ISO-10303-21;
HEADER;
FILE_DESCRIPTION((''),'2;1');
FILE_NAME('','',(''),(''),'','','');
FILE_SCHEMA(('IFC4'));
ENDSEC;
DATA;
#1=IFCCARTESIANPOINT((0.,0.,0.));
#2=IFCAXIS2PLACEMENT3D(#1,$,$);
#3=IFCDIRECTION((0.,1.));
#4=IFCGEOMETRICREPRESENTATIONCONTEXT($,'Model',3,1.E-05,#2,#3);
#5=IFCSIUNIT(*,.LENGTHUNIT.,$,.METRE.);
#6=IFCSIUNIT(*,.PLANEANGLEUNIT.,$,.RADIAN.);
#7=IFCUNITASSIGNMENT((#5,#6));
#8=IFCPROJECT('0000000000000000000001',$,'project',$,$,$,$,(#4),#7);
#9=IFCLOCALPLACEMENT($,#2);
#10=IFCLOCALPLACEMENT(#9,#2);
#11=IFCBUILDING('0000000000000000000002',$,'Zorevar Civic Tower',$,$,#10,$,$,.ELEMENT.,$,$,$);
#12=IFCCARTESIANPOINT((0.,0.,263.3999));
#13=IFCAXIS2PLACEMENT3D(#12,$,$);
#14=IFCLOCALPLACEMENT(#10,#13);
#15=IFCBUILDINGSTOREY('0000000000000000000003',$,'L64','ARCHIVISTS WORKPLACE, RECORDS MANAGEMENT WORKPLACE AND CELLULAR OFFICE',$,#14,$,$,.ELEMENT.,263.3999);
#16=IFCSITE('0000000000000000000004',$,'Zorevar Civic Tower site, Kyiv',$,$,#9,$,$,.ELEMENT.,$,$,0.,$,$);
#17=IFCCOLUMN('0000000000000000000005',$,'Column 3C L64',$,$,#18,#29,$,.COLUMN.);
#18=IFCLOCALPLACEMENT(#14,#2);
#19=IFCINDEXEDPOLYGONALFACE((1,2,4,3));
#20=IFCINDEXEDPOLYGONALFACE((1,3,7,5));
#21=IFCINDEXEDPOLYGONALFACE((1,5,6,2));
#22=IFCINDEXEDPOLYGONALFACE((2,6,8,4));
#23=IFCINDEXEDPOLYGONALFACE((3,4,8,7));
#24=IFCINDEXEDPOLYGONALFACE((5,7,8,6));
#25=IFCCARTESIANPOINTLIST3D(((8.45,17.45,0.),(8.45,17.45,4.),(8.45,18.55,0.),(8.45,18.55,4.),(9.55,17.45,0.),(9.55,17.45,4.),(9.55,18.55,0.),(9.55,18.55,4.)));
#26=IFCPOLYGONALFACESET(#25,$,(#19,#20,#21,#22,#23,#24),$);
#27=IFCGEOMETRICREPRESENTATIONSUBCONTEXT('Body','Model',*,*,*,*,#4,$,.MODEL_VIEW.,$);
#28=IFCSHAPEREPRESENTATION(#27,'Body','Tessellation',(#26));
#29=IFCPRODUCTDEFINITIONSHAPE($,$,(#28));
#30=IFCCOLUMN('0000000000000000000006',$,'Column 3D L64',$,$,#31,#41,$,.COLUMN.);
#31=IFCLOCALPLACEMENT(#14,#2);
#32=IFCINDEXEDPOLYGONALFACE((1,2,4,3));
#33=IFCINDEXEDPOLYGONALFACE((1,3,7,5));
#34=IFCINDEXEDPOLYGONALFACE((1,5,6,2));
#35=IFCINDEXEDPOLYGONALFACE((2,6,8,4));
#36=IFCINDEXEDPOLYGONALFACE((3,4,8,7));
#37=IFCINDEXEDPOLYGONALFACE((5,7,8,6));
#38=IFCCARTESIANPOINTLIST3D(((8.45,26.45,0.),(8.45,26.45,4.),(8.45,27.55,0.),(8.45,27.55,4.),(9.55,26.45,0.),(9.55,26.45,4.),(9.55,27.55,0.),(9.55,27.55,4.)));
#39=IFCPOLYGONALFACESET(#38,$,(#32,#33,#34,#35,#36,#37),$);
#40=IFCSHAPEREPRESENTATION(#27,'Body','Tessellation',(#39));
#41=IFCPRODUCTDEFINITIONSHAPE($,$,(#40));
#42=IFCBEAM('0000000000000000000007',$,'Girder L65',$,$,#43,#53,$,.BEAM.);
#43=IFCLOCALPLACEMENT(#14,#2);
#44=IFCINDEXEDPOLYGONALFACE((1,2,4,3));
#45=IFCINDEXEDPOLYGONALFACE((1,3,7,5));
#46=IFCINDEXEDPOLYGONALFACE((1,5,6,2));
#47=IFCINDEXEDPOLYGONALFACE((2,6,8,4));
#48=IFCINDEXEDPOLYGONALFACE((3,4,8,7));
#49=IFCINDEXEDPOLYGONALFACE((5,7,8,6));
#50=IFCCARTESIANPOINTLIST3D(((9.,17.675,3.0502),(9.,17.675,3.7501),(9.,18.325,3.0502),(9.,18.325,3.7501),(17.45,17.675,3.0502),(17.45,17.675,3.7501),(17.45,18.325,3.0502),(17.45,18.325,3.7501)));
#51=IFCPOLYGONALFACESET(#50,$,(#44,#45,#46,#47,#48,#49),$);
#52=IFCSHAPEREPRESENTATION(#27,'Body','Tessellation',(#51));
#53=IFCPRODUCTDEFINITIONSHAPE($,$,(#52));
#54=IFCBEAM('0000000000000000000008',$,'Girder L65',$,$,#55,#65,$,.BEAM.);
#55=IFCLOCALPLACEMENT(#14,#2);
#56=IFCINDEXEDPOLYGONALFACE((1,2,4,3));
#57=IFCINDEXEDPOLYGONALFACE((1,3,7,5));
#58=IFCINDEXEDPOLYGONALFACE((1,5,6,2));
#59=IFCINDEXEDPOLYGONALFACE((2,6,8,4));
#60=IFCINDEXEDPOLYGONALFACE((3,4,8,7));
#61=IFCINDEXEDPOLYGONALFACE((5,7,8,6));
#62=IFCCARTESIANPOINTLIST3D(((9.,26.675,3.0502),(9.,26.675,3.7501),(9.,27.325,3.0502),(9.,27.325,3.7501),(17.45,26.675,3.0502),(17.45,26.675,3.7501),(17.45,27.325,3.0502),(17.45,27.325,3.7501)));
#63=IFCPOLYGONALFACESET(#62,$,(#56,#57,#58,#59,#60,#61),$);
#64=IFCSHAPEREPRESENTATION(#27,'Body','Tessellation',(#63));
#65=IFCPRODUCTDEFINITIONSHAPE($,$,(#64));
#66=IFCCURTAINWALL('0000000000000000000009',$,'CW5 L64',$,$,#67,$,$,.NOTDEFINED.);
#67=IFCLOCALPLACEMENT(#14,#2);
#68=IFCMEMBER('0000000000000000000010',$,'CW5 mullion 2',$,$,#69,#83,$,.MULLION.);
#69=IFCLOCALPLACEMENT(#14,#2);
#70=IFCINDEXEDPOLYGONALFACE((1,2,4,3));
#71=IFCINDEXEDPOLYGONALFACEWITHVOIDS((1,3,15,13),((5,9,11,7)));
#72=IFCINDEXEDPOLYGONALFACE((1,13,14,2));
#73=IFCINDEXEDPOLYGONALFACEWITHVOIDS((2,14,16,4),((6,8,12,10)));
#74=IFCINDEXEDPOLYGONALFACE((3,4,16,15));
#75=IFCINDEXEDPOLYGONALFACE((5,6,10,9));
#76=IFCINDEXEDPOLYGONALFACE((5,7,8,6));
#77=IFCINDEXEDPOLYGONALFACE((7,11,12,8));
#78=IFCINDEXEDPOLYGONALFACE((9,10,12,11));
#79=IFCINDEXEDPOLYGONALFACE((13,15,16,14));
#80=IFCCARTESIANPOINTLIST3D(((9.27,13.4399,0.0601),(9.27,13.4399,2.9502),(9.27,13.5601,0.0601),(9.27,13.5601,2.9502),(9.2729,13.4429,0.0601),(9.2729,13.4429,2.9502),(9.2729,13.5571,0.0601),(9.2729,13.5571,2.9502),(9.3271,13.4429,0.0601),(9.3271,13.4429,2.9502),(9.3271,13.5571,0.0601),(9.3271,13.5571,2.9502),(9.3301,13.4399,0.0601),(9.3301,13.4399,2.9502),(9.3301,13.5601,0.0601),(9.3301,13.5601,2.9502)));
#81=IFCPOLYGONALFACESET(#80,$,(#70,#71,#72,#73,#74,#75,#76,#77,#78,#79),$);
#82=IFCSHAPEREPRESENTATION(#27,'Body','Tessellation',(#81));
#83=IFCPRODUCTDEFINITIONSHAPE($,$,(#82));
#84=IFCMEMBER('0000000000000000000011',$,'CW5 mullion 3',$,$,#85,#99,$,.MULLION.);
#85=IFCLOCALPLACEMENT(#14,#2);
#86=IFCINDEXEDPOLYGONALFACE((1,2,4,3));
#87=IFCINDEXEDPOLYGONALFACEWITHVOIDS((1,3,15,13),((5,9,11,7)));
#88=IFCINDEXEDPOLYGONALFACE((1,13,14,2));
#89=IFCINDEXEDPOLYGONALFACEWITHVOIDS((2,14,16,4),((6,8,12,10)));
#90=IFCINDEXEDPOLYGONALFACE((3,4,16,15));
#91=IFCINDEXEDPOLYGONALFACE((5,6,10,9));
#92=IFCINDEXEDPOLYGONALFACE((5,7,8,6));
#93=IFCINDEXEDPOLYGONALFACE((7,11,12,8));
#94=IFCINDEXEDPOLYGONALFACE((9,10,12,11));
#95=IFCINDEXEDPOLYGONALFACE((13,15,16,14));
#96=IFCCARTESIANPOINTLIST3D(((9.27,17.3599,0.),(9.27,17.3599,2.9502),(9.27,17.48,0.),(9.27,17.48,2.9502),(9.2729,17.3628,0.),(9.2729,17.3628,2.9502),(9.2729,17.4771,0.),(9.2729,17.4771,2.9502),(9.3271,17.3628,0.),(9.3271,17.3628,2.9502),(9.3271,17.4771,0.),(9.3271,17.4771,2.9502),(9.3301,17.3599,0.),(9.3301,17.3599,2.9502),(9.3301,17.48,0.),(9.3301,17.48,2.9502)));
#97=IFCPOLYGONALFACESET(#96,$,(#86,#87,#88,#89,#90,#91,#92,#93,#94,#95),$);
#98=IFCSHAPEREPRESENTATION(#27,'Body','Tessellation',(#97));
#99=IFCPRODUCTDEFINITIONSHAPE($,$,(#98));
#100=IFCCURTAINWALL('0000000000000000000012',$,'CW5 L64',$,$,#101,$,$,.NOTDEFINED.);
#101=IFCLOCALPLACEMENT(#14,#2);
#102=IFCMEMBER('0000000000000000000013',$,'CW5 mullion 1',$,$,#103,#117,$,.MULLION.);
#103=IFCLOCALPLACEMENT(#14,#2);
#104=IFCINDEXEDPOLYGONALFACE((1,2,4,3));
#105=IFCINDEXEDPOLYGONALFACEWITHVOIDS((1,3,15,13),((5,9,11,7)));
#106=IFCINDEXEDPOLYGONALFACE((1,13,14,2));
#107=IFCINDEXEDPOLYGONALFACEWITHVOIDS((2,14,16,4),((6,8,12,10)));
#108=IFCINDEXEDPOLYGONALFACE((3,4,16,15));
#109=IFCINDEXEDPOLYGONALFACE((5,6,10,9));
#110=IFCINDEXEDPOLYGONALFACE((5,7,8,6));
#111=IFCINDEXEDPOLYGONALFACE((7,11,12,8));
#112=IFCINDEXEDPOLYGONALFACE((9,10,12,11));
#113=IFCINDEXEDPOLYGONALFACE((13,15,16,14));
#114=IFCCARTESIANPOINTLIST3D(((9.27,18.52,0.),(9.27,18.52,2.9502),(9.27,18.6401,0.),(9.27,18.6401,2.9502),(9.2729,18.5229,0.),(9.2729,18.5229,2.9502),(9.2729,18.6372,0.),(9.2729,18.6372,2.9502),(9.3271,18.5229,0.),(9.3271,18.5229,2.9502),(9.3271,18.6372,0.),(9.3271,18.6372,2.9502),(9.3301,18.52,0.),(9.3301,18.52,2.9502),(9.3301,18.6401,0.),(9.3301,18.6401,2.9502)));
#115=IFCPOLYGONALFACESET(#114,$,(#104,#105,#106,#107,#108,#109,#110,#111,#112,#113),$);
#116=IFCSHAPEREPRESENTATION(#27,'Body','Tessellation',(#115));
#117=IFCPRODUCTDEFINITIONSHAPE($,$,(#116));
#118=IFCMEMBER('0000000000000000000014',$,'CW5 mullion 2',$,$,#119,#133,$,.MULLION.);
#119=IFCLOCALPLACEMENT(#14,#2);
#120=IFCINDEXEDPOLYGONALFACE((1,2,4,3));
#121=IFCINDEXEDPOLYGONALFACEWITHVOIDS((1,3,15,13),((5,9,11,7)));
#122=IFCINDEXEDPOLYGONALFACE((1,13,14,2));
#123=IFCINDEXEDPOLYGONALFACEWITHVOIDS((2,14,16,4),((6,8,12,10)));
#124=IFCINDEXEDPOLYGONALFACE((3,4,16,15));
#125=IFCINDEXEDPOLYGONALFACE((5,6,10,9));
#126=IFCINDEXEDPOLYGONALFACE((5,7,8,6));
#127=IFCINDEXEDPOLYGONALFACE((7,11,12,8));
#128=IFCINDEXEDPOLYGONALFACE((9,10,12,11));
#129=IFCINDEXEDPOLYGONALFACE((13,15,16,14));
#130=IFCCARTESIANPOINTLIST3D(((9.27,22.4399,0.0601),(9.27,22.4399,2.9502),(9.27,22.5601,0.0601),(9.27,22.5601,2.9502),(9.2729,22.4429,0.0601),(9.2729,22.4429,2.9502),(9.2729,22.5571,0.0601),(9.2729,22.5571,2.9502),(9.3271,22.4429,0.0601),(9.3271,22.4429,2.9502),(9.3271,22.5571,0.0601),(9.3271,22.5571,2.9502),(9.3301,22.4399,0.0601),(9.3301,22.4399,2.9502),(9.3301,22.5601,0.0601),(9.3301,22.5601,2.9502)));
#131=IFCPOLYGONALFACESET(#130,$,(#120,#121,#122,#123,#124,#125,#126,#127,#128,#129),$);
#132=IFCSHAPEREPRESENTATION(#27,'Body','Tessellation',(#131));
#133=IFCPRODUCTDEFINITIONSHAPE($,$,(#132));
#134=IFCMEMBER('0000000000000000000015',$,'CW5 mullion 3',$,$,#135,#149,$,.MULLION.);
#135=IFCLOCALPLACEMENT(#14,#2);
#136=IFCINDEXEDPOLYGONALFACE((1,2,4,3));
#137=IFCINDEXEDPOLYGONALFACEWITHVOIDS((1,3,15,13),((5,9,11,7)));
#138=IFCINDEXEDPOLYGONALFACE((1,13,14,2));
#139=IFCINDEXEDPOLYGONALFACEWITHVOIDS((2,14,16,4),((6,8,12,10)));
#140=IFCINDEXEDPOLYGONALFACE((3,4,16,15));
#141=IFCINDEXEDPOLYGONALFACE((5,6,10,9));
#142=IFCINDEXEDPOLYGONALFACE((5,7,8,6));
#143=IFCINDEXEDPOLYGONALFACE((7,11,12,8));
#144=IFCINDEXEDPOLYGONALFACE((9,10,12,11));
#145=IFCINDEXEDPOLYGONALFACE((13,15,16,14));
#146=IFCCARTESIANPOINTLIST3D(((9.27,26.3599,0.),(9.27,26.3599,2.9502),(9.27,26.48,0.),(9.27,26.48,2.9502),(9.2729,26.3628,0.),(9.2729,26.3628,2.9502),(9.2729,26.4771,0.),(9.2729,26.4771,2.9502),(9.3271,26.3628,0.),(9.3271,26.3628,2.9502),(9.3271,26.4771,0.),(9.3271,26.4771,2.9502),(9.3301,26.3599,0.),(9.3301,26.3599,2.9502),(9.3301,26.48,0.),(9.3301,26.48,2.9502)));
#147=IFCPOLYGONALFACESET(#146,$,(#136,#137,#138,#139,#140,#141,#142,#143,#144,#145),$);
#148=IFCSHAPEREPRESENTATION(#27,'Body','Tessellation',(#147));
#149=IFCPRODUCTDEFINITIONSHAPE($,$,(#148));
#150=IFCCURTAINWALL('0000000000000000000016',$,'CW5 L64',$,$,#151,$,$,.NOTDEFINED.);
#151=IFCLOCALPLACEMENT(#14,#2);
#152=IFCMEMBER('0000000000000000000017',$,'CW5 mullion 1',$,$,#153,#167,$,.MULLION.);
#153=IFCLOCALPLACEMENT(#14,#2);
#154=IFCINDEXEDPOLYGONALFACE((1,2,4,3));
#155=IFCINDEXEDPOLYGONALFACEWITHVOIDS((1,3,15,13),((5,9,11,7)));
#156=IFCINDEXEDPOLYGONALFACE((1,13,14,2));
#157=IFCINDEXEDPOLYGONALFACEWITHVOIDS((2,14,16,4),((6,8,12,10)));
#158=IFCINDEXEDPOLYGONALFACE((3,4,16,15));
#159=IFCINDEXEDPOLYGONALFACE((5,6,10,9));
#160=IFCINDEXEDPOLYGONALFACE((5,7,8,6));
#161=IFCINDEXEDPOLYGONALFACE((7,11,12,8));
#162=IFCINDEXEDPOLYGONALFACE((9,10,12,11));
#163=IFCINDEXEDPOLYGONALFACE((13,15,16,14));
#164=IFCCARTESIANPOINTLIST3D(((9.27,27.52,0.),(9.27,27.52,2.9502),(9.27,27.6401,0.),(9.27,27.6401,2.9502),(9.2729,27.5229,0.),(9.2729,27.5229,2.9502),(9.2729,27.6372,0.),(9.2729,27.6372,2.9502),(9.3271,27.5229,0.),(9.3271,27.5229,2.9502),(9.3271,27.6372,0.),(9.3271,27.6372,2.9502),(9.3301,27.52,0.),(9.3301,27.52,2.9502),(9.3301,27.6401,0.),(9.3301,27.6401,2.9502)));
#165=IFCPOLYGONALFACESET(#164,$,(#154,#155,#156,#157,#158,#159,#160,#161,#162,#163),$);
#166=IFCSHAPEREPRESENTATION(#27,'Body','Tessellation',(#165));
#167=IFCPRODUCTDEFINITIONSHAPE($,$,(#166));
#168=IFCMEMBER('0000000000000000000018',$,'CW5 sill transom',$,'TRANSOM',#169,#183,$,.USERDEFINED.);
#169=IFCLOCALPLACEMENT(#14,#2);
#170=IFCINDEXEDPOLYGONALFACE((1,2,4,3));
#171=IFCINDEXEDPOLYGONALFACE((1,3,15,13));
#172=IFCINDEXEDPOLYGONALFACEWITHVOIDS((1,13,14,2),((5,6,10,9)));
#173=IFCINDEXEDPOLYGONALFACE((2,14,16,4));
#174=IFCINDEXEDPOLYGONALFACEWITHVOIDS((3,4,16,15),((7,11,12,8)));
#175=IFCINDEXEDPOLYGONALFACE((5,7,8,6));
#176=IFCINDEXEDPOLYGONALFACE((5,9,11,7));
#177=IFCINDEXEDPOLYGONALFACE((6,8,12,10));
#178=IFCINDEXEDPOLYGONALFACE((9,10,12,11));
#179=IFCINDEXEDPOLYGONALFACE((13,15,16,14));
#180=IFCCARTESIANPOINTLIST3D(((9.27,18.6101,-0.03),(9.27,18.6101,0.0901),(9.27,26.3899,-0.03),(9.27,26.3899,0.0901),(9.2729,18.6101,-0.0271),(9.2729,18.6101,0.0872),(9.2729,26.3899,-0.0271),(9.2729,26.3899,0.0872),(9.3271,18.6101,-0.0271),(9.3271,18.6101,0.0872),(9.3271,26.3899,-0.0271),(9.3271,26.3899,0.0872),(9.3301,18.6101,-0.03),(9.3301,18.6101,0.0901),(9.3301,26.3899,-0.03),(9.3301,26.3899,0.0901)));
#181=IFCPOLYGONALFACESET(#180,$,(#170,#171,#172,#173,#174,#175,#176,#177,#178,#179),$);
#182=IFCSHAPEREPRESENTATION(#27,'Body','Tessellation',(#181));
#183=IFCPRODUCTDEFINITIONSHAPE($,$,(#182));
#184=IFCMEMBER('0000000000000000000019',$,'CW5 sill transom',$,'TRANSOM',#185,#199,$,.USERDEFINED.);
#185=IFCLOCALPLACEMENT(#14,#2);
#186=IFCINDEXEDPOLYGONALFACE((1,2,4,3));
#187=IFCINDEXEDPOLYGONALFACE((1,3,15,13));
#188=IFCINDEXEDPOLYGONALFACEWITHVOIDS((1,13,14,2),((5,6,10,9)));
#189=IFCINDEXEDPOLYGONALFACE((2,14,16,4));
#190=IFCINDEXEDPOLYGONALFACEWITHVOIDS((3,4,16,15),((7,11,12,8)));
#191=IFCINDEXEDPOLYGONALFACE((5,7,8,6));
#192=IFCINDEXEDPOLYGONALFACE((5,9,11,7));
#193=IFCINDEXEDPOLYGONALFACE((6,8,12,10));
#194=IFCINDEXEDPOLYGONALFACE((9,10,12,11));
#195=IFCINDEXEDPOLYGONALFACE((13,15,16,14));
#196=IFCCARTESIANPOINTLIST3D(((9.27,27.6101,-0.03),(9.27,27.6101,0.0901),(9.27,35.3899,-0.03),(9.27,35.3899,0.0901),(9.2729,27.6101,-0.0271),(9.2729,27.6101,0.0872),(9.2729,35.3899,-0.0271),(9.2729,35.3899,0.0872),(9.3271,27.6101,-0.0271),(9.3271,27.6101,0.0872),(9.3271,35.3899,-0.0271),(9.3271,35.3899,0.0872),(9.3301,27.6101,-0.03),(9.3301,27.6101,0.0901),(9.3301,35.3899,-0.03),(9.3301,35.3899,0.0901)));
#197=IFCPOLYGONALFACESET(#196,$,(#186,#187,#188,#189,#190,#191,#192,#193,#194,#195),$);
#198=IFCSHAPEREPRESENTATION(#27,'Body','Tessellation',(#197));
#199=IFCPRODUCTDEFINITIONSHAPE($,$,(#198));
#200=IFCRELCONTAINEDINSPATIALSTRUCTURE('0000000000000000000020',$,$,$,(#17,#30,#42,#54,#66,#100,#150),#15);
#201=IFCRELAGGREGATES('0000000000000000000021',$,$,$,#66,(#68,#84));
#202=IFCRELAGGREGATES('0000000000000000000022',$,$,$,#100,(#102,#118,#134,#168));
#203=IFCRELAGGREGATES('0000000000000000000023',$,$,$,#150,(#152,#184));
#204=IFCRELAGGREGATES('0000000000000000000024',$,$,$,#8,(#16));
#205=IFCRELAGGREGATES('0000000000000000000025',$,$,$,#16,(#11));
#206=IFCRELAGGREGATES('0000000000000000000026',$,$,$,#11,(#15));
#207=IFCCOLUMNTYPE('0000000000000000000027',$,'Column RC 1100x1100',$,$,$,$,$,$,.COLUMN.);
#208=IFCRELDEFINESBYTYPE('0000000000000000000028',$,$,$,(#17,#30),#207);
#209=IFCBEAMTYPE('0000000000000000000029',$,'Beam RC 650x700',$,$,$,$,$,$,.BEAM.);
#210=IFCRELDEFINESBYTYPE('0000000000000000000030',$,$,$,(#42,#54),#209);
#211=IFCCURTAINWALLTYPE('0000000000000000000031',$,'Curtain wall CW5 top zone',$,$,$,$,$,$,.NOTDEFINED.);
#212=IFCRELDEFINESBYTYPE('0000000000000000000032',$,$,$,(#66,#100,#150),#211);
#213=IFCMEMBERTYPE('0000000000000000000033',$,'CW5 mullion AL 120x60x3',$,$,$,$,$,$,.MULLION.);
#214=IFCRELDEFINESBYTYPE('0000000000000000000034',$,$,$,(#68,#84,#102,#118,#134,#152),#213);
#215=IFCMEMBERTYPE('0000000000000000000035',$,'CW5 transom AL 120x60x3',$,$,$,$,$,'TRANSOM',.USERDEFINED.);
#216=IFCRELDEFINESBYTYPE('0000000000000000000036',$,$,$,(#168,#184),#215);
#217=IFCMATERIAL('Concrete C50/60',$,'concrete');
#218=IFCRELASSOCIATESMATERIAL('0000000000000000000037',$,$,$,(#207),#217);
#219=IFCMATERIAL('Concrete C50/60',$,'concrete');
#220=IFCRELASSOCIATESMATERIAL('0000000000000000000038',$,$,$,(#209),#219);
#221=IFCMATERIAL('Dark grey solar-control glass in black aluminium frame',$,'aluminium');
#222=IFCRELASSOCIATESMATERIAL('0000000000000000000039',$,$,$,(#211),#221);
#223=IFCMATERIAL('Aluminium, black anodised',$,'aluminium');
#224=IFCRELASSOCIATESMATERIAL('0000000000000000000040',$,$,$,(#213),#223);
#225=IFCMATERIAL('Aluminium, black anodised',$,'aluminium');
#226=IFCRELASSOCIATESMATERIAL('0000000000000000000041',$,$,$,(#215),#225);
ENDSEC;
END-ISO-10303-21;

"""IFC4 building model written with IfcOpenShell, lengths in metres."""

from ifc_helpers import new_model, si_unit, direction, frame, origin, origin_2d, place, context, subcontext, project, spatial, rectangle, hollow_rectangle, extrude, material, material_profile, profile_set, type_object, element, aggregate, save


model = new_model("IFC4")

# Units and contexts
model_context = context("Model", 3, precision=1e-05, world=origin(), true_north=direction((0.0, 1.0)))
body_context = subcontext(model_context, "Body", "Model", "MODEL_VIEW")
ifc_project = project(units=[si_unit("LENGTHUNIT", "METRE"), si_unit("PLANEANGLEUNIT", "RADIAN")], contexts=[model_context])

# Site, building, storey
site_placement = place(None, origin())
site = spatial("IfcSite", under=ifc_project, at=site_placement, Name="Zorevar Civic Tower site, Kyiv", CompositionType="ELEMENT", RefElevation=0.0)
building_placement = place(site_placement, origin())
building = spatial("IfcBuilding", under=site, at=building_placement, Name="Zorevar Civic Tower", CompositionType="ELEMENT")
storey_placement = place(building_placement, frame((0.0, 0.0, 263.3999)))
storey = spatial("IfcBuildingStorey", under=building, at=storey_placement, Name="L64", Description="ARCHIVISTS WORKPLACE, RECORDS MANAGEMENT WORKPLACE AND CELLULAR OFFICE", CompositionType="ELEMENT", Elevation=263.3999)

# Columns
ifc_material_1 = material(Name="Concrete C50/60", Category="concrete")
ifc_material_profile_1 = material_profile(ifc_material_1, rectangle(XDim=1.1001, YDim=1.1001, at=origin_2d()), Name="RC 1100x1100")
ifc_profile_set_1 = profile_set([ifc_material_profile_1], Name="Concrete C50/60")
column_type = type_object("IfcColumnType", Name="Column RC 1100x1100", PredefinedType="COLUMN", material=ifc_profile_set_1)
for number, where, z_axis, x_axis, name in (
    (1, (9.0, 18.0, 0.0), (0.0, 0.0, 1.0), (1.0, 0.0, 0.0), "Column 3C L64"),
    (2, (9.0, 27.0, 0.0), (0.0, 0.0, 1.0), (1.0, 0.0, 0.0), "Column 3D L64"),
):
    element("IfcColumn", number, at=place(storey_placement, frame(where, z_axis=z_axis, x_axis=x_axis)), inside=storey, type_object=column_type, Name=name, PredefinedType="COLUMN", context=body_context, shape_type="SweptSolid", body=[
        extrude(rectangle(XDim=1.1001, YDim=1.1001, at=origin_2d()), origin(), (0.0, 0.0, 1.0), 4.0),
    ])

# Beams
ifc_material_2 = material(Name="Concrete C50/60", Category="concrete")
ifc_material_profile_2 = material_profile(ifc_material_2, rectangle(XDim=0.6499, YDim=0.7, at=origin_2d()), Name="RC 650x700")
ifc_profile_set_2 = profile_set([ifc_material_profile_2], Name="Concrete C50/60")
beam_type_1 = type_object("IfcBeamType", Name="Beam RC 650x700", PredefinedType="BEAM", material=ifc_profile_set_2)
for number, where, z_axis, x_axis, name in (
    (3, (9.0, 18.0, 3.4001), (1.0, 0.0, 0.0), (0.0, 1.0, 0.0), "Girder L65"),
    (4, (9.0, 27.0, 3.4001), (1.0, 0.0, 0.0), (0.0, 1.0, 0.0), "Girder L65"),
):
    element("IfcBeam", number, at=place(storey_placement, frame(where, z_axis=z_axis, x_axis=x_axis)), inside=storey, type_object=beam_type_1, Name=name, PredefinedType="BEAM", context=body_context, shape_type="SweptSolid", body=[
        extrude(rectangle(XDim=0.6499, YDim=0.7, at=origin_2d()), origin(), (0.0, 0.0, 1.0), 8.45),
    ])

# Curtain walls, members
ifc_material_3 = material(Name="Dark grey solar-control glass in black aluminium frame", Category="aluminium")
curtain_wall_type = type_object("IfcCurtainWallType", Name="Curtain wall CW5 top zone", PredefinedType="NOTDEFINED", material=ifc_material_3)
curtain_wall_1_placement = place(storey_placement, origin())
curtain_wall_1 = element("IfcCurtainWall", 5, at=curtain_wall_1_placement, inside=storey, type_object=curtain_wall_type, Name="CW5 L64", PredefinedType="NOTDEFINED")
ifc_material_4 = material(Name="Aluminium, black anodised", Category="aluminium")
ifc_material_profile_3 = material_profile(ifc_material_4, hollow_rectangle(XDim=0.0601, YDim=0.1201, WallThickness=0.0029, at=origin_2d()), Name="AL 120x60x3")
ifc_profile_set_3 = profile_set([ifc_material_profile_3], Name="Aluminium, black anodised")
member_type_1 = type_object("IfcMemberType", Name="CW5 mullion AL 120x60x3", PredefinedType="MULLION", material=ifc_profile_set_3)
member_1_placement = place(storey_placement, frame((9.3, 13.5, 0.0601), z_axis=(0.0, 0.0, 1.0), x_axis=(-1.0, 0.0, 0.0)))
member_1 = element("IfcMember", 6, at=member_1_placement, type_object=member_type_1, Name="CW5 mullion 2", PredefinedType="MULLION", context=body_context, shape_type="SweptSolid", body=[
    extrude(hollow_rectangle(XDim=0.0601, YDim=0.1201, WallThickness=0.0029, at=origin_2d()), origin(), (0.0, 0.0, 1.0), 2.8901),
])
member_2_placement = place(storey_placement, frame((9.3, 17.4199, 0.0), z_axis=(0.0, 0.0, 1.0), x_axis=(-1.0, 0.0, 0.0)))
member_2 = element("IfcMember", 7, at=member_2_placement, type_object=member_type_1, Name="CW5 mullion 3", PredefinedType="MULLION", context=body_context, shape_type="SweptSolid", body=[
    extrude(hollow_rectangle(XDim=0.0601, YDim=0.1201, WallThickness=0.0029, at=origin_2d()), origin(), (0.0, 0.0, 1.0), 2.9502),
])
curtain_wall_2_placement = place(storey_placement, origin())
curtain_wall_2 = element("IfcCurtainWall", 8, at=curtain_wall_2_placement, inside=storey, type_object=curtain_wall_type, Name="CW5 L64", PredefinedType="NOTDEFINED")
member_3_placement = place(storey_placement, frame((9.3, 18.5801, 0.0), z_axis=(0.0, 0.0, 1.0), x_axis=(-1.0, 0.0, 0.0)))
member_3 = element("IfcMember", 9, at=member_3_placement, type_object=member_type_1, Name="CW5 mullion 1", PredefinedType="MULLION", context=body_context, shape_type="SweptSolid", body=[
    extrude(hollow_rectangle(XDim=0.0601, YDim=0.1201, WallThickness=0.0029, at=origin_2d()), origin(), (0.0, 0.0, 1.0), 2.9502),
])
member_4_placement = place(storey_placement, frame((9.3, 22.5, 0.0601), z_axis=(0.0, 0.0, 1.0), x_axis=(-1.0, 0.0, 0.0)))
member_4 = element("IfcMember", 10, at=member_4_placement, type_object=member_type_1, Name="CW5 mullion 2", PredefinedType="MULLION", context=body_context, shape_type="SweptSolid", body=[
    extrude(hollow_rectangle(XDim=0.0601, YDim=0.1201, WallThickness=0.0029, at=origin_2d()), origin(), (0.0, 0.0, 1.0), 2.8901),
])
member_5_placement = place(storey_placement, frame((9.3, 26.4199, 0.0), z_axis=(0.0, 0.0, 1.0), x_axis=(-1.0, 0.0, 0.0)))
member_5 = element("IfcMember", 11, at=member_5_placement, type_object=member_type_1, Name="CW5 mullion 3", PredefinedType="MULLION", context=body_context, shape_type="SweptSolid", body=[
    extrude(hollow_rectangle(XDim=0.0601, YDim=0.1201, WallThickness=0.0029, at=origin_2d()), origin(), (0.0, 0.0, 1.0), 2.9502),
])

# Curtain wall, member
curtain_wall_3_placement = place(storey_placement, origin())
curtain_wall_3 = element("IfcCurtainWall", 12, at=curtain_wall_3_placement, inside=storey, type_object=curtain_wall_type, Name="CW5 L64", PredefinedType="NOTDEFINED")
member_6_placement = place(storey_placement, frame((9.3, 27.5801, 0.0), z_axis=(0.0, 0.0, 1.0), x_axis=(-1.0, 0.0, 0.0)))
member_6 = element("IfcMember", 13, at=member_6_placement, type_object=member_type_1, Name="CW5 mullion 1", PredefinedType="MULLION", context=body_context, shape_type="SweptSolid", body=[
    extrude(hollow_rectangle(XDim=0.0601, YDim=0.1201, WallThickness=0.0029, at=origin_2d()), origin(), (0.0, 0.0, 1.0), 2.9502),
])

# Members
ifc_material_5 = material(Name="Aluminium, black anodised", Category="aluminium")
ifc_material_profile_4 = material_profile(ifc_material_5, hollow_rectangle(XDim=0.0601, YDim=0.1201, WallThickness=0.0029, at=origin_2d()), Name="AL 120x60x3")
ifc_profile_set_4 = profile_set([ifc_material_profile_4], Name="Aluminium, black anodised")
member_type_2 = type_object("IfcMemberType", Name="CW5 transom AL 120x60x3", ElementType="TRANSOM", PredefinedType="USERDEFINED", material=ifc_profile_set_4)
member_7_placement = place(storey_placement, frame((9.3, 18.6101, 0.03), z_axis=(0.0, 1.0, 0.0), x_axis=(-1.0, 0.0, 0.0)))
member_7 = element("IfcMember", 14, at=member_7_placement, type_object=member_type_2, Name="CW5 sill transom", ObjectType="TRANSOM", PredefinedType="USERDEFINED", context=body_context, shape_type="SweptSolid", body=[
    extrude(hollow_rectangle(XDim=0.0601, YDim=0.1201, WallThickness=0.0029, at=origin_2d()), origin(), (0.0, 0.0, 1.0), 7.7798),
])
member_8_placement = place(storey_placement, frame((9.3, 27.6101, 0.03), z_axis=(0.0, 1.0, 0.0), x_axis=(-1.0, 0.0, 0.0)))
member_8 = element("IfcMember", 15, at=member_8_placement, type_object=member_type_2, Name="CW5 sill transom", ObjectType="TRANSOM", PredefinedType="USERDEFINED", context=body_context, shape_type="SweptSolid", body=[
    extrude(hollow_rectangle(XDim=0.0601, YDim=0.1201, WallThickness=0.0029, at=origin_2d()), origin(), (0.0, 0.0, 1.0), 7.7798),
])

aggregate(curtain_wall_1, [member_1, member_2])
aggregate(curtain_wall_2, [member_3, member_4, member_5, member_7])
aggregate(curtain_wall_3, [member_6, member_8])

save(model, "model.ifc")
